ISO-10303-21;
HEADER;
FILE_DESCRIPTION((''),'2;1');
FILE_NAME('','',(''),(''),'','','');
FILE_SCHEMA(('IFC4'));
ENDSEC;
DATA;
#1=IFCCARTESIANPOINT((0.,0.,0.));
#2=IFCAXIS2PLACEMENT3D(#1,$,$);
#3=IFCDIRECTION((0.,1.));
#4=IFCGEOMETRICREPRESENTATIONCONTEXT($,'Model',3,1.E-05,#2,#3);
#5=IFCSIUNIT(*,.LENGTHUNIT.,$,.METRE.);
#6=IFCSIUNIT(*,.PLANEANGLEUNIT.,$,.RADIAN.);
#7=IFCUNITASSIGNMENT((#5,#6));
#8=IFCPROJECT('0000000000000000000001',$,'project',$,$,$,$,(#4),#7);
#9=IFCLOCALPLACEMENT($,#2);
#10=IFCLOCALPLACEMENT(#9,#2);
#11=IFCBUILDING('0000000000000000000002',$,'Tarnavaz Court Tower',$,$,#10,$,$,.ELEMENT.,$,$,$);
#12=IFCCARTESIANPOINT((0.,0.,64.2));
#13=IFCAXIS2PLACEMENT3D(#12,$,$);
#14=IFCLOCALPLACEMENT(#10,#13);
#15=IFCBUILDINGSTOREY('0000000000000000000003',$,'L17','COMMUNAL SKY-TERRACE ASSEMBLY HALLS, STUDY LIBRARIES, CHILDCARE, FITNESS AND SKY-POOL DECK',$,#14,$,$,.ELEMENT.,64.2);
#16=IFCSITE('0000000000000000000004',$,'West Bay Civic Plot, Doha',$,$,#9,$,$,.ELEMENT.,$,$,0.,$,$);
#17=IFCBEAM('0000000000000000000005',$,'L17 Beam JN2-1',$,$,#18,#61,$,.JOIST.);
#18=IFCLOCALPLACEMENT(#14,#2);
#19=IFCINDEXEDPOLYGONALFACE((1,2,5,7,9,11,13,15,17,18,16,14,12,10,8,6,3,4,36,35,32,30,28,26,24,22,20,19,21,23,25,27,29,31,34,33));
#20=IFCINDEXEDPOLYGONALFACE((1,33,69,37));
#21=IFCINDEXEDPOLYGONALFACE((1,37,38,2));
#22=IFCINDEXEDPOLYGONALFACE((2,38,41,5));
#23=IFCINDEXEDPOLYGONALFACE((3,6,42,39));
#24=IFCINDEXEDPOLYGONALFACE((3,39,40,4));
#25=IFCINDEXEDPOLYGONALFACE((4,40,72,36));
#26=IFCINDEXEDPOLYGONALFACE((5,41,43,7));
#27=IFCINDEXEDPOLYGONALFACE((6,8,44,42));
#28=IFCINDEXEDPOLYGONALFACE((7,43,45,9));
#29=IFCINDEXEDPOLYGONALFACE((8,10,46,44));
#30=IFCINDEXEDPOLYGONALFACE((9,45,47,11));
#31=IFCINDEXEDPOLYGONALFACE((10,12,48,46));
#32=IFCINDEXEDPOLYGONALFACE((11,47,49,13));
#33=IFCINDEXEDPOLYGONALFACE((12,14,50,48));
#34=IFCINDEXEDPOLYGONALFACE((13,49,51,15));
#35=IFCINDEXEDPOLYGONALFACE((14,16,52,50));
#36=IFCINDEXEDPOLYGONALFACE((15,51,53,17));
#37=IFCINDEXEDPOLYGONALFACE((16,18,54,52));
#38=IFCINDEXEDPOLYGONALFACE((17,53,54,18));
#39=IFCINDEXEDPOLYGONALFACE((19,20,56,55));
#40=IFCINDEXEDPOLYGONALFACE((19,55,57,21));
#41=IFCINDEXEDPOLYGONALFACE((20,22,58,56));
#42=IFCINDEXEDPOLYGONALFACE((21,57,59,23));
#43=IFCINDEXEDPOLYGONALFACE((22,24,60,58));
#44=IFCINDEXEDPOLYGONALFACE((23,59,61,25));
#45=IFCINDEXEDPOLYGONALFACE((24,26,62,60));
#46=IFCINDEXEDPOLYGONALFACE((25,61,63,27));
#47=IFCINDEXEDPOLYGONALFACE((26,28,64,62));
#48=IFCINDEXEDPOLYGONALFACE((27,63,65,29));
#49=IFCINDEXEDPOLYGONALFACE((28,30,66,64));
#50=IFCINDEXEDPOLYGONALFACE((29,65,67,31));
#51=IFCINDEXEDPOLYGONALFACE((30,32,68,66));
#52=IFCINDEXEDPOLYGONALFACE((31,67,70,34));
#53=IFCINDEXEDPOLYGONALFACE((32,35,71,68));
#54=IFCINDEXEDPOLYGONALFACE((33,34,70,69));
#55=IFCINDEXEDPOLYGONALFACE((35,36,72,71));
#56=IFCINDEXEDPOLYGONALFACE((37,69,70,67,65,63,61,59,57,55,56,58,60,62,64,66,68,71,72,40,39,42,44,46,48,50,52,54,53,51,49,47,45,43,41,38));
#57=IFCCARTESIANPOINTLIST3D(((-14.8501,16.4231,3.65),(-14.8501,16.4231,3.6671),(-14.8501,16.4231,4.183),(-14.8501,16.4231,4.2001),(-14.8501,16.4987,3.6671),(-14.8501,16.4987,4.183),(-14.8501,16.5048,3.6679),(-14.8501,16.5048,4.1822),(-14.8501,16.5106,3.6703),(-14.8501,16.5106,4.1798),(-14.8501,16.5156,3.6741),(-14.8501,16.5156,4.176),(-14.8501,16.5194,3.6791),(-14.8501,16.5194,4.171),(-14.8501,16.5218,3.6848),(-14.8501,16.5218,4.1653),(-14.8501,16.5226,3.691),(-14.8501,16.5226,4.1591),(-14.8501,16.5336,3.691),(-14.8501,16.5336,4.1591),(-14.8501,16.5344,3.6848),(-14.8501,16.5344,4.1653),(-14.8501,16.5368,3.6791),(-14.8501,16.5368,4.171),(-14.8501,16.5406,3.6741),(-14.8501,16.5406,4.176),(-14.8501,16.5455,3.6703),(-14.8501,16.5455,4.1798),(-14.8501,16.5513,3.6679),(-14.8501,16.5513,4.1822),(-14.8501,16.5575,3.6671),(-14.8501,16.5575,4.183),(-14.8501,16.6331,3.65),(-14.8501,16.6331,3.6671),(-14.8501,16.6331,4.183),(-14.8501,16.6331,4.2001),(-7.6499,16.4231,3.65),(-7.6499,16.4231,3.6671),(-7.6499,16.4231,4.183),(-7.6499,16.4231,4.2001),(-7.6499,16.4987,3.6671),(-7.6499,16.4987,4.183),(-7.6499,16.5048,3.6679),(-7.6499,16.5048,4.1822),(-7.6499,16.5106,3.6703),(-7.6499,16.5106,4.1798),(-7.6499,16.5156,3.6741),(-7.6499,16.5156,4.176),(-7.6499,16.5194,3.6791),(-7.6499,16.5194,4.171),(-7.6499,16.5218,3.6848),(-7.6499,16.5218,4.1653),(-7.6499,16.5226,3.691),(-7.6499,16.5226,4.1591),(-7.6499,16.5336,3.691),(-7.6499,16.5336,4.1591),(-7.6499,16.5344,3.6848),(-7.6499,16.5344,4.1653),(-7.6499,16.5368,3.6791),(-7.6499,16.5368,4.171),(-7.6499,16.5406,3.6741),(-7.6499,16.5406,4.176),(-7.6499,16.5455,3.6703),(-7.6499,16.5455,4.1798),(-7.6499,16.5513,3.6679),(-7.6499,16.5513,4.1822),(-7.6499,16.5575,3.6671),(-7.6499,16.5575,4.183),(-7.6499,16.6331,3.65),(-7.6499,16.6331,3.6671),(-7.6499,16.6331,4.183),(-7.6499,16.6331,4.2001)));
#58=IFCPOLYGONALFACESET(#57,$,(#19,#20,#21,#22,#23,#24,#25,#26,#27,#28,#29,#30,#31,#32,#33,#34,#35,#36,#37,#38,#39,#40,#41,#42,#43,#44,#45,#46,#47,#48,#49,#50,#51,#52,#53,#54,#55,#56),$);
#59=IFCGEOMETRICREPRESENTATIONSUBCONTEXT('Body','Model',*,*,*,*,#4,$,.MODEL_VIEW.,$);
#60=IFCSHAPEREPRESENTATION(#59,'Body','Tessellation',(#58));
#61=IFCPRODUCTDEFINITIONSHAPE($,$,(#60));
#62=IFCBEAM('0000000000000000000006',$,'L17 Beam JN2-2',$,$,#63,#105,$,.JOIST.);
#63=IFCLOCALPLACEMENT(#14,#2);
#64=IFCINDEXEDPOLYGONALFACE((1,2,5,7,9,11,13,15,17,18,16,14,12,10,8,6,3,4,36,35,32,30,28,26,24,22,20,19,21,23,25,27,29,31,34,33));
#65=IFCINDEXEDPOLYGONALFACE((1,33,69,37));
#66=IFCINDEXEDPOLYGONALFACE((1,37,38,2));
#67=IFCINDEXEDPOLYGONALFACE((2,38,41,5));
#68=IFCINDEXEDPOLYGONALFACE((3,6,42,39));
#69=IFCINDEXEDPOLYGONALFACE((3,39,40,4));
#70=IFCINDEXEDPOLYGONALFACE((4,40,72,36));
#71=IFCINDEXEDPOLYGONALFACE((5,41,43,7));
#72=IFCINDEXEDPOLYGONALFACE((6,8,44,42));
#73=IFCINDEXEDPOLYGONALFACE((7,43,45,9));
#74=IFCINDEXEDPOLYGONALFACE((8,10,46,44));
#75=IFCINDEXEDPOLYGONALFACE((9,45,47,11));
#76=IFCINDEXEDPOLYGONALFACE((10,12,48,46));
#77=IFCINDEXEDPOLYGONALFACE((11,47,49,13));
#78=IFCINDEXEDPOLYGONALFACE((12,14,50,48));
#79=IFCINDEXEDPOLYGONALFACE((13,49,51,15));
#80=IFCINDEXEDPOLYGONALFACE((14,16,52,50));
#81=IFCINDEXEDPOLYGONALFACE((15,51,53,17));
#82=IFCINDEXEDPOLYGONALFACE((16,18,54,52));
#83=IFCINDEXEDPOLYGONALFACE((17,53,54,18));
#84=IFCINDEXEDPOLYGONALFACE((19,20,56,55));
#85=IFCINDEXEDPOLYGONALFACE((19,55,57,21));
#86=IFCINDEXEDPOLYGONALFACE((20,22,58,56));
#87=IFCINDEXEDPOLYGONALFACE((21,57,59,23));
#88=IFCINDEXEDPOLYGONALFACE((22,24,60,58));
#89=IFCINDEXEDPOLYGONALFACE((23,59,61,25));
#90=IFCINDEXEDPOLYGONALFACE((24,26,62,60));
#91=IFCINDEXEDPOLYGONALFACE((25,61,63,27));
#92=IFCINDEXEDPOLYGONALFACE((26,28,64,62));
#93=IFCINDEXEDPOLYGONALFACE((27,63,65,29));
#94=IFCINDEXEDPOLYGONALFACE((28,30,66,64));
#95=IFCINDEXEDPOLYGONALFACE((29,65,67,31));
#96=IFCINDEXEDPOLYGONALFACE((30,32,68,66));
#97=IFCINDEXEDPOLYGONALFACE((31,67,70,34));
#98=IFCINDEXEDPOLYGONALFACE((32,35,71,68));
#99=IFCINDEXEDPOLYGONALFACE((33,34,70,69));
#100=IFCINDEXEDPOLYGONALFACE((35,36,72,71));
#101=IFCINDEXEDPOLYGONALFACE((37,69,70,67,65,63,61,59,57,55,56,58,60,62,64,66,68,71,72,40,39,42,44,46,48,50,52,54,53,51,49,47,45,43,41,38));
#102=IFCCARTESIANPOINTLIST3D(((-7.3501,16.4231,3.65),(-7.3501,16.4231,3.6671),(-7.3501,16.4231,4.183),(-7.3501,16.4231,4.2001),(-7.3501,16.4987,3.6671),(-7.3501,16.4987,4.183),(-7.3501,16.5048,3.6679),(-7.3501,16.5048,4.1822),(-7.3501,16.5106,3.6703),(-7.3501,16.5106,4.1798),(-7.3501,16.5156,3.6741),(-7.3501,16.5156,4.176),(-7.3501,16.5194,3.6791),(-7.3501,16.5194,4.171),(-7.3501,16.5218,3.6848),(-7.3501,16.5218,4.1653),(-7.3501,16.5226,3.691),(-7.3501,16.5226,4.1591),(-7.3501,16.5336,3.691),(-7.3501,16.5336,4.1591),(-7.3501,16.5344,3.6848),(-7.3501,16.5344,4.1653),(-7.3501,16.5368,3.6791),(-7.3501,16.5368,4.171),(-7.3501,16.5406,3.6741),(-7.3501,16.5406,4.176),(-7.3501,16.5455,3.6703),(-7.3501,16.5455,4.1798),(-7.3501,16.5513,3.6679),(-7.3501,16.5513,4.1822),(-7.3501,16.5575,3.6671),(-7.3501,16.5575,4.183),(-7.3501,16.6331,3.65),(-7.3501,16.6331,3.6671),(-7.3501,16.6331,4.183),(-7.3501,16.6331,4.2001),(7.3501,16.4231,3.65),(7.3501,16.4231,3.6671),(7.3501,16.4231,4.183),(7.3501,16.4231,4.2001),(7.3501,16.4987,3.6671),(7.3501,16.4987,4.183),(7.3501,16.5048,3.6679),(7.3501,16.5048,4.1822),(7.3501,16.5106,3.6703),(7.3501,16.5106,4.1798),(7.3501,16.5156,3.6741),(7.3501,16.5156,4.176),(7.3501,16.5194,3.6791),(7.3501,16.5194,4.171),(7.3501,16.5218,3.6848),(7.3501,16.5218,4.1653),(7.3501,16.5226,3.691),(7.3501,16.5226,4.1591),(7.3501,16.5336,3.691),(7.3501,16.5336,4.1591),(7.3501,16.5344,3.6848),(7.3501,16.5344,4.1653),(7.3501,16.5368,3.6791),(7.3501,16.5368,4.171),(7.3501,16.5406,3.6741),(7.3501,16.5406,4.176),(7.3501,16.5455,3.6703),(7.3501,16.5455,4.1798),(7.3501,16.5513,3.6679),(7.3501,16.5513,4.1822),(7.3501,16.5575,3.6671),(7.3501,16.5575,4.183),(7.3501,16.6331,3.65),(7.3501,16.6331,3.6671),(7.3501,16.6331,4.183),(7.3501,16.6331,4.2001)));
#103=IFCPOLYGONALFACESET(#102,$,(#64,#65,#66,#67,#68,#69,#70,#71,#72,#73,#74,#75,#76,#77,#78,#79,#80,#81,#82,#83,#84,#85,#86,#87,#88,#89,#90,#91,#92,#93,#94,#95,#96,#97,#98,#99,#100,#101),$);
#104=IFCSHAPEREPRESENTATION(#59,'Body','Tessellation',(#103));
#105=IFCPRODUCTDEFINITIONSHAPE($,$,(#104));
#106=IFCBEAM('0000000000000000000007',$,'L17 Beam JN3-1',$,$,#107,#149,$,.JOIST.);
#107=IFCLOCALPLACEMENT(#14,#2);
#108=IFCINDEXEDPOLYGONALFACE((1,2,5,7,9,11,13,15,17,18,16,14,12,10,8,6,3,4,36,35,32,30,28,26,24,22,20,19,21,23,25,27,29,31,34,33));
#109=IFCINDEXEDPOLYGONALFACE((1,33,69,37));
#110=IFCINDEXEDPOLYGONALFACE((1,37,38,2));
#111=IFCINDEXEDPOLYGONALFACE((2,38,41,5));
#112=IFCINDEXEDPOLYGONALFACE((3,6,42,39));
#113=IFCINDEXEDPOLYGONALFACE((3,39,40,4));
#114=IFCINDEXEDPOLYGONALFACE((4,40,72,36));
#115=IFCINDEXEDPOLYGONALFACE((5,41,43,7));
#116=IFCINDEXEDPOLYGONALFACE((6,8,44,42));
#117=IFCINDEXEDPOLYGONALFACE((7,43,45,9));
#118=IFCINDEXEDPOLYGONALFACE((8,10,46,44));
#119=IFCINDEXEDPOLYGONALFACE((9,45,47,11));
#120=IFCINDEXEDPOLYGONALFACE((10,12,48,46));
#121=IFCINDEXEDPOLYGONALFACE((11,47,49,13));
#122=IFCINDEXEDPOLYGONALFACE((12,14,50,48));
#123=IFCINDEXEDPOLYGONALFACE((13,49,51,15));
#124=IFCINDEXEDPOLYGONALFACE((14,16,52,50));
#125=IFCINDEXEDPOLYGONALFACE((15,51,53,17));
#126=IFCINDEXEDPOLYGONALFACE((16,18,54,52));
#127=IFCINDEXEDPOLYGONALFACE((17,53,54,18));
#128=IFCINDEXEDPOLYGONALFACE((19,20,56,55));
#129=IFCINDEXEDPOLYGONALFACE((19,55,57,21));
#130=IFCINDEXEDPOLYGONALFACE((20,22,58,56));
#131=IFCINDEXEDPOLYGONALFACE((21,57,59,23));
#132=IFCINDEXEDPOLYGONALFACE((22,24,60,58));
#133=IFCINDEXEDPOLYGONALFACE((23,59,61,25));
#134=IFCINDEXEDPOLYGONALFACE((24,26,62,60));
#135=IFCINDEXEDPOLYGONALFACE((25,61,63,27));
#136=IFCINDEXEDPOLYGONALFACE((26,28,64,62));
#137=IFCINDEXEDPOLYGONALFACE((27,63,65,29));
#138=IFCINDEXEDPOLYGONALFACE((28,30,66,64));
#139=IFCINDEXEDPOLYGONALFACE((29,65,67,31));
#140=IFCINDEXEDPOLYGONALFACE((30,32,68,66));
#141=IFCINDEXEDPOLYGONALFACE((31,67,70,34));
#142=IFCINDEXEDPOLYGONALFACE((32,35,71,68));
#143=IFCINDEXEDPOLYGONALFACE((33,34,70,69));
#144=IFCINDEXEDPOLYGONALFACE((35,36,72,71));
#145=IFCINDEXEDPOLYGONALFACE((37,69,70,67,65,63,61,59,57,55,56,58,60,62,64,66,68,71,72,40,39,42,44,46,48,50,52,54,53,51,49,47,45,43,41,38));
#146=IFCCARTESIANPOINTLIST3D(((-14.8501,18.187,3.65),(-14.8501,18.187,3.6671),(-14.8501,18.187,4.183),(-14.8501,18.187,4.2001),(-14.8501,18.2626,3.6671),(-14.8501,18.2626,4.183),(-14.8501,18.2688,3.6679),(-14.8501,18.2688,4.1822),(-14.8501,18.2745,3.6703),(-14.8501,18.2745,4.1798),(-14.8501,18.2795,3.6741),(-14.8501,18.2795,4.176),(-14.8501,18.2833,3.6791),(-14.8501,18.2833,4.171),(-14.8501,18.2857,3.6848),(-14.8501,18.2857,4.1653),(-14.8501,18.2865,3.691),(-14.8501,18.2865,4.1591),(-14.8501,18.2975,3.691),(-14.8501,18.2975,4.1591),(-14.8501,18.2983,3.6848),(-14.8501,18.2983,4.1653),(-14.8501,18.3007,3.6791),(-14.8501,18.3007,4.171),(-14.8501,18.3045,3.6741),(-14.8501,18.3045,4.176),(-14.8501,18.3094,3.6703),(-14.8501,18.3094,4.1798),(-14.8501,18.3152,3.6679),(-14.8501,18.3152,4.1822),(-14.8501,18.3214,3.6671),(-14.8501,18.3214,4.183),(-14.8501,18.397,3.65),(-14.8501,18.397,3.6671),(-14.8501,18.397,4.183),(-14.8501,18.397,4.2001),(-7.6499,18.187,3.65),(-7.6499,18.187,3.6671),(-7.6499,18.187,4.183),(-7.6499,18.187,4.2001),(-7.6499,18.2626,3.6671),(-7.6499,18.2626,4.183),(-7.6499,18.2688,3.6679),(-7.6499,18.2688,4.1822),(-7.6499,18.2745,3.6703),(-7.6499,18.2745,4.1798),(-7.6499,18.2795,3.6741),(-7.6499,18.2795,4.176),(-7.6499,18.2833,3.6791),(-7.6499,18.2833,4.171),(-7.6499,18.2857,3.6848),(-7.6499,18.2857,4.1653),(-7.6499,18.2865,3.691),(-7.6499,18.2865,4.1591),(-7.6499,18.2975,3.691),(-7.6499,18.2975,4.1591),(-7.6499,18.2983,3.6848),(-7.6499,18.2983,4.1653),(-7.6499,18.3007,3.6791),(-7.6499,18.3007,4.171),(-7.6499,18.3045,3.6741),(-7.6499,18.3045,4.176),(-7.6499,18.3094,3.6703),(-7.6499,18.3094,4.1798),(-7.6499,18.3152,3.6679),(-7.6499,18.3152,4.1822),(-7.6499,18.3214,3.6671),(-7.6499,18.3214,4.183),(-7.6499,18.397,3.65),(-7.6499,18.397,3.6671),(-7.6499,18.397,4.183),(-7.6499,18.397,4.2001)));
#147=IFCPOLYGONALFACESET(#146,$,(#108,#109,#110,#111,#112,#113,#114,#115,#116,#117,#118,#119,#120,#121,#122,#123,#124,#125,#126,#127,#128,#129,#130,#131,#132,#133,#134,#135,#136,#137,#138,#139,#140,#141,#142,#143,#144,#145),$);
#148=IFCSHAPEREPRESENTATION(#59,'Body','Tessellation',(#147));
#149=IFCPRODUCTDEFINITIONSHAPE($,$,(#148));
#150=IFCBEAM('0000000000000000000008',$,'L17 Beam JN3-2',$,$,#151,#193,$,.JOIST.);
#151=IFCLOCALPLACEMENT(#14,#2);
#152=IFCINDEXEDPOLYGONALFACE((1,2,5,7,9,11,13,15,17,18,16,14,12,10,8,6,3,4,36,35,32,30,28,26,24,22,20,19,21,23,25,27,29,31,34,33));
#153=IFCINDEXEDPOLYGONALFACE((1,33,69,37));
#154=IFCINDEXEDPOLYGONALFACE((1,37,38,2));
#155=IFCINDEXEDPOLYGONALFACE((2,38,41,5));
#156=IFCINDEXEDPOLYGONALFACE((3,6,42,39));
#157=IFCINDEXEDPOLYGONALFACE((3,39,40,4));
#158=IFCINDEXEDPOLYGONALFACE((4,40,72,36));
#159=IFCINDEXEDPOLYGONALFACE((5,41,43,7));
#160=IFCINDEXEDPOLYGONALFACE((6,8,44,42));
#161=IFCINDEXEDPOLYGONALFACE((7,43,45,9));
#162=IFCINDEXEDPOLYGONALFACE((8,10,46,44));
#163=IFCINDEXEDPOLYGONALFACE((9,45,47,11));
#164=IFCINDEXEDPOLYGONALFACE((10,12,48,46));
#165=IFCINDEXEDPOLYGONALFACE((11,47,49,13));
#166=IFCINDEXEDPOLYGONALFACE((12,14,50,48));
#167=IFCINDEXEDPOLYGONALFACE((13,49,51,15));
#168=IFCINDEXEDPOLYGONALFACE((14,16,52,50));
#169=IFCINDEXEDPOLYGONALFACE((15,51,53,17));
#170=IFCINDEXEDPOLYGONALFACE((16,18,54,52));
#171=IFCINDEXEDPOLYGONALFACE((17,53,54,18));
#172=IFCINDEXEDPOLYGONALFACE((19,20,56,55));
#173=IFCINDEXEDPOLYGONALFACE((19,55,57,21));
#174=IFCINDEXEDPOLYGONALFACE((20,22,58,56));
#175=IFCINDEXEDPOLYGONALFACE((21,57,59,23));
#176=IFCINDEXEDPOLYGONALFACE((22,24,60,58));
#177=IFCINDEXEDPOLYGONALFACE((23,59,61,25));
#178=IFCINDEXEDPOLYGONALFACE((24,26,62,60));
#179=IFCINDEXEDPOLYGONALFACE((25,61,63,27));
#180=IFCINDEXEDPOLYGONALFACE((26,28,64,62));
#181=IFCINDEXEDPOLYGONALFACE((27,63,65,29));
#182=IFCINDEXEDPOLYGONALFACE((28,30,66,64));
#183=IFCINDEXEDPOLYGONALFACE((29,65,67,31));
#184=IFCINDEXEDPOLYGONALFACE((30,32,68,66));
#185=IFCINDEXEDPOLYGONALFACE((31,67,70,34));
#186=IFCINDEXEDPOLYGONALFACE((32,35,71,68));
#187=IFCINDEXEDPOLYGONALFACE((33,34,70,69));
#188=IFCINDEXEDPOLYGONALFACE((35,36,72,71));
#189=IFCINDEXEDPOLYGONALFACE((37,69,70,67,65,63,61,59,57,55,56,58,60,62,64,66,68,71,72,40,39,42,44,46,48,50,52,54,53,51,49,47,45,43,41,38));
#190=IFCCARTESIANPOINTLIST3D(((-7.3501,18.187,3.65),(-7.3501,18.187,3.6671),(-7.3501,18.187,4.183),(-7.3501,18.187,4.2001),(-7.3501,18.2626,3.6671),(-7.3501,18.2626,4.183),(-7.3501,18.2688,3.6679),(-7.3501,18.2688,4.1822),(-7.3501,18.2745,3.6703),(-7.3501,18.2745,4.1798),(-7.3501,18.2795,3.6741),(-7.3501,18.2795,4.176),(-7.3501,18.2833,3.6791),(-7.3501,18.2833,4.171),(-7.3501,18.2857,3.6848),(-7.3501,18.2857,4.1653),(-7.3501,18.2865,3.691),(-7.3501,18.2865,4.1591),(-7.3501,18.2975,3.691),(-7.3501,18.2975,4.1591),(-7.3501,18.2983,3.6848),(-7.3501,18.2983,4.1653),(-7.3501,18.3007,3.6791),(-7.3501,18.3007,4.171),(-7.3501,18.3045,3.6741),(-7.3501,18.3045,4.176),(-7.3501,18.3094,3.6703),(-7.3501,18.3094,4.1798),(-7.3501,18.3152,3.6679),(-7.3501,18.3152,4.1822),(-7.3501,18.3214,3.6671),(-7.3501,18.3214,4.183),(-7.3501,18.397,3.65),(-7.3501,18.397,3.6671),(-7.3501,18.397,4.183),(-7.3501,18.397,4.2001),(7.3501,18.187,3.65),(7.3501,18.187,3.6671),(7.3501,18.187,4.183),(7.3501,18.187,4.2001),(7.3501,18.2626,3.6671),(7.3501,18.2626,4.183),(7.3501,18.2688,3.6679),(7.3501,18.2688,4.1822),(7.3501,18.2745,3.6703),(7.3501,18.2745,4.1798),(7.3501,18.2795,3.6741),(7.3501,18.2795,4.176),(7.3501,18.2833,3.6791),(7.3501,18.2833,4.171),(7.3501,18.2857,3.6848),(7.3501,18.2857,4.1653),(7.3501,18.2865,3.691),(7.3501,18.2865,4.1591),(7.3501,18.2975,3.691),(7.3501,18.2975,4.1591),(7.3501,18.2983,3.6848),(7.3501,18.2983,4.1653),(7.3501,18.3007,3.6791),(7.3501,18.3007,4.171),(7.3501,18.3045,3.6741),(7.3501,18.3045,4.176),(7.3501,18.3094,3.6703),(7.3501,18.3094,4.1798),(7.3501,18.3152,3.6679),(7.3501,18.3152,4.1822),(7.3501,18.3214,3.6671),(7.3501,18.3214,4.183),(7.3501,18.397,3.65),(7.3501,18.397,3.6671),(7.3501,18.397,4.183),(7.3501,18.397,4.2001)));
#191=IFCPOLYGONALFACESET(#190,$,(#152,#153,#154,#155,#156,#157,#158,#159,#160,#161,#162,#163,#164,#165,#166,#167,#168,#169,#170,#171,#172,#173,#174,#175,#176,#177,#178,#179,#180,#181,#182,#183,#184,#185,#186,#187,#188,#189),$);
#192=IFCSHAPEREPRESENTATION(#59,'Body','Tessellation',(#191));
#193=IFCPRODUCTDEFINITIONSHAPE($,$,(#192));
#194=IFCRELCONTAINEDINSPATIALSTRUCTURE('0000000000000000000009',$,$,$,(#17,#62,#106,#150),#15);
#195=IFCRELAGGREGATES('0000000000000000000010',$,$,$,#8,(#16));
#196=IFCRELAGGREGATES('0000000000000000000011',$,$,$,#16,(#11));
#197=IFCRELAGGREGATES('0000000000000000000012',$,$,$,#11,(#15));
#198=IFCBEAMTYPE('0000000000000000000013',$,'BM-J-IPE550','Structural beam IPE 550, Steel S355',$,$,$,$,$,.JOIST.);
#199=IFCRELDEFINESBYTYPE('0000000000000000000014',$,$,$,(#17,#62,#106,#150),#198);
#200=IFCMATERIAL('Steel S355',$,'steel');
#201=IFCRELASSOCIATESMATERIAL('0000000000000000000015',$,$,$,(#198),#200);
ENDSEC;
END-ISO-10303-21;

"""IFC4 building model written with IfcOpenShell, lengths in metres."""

from ifc_helpers import new_model, si_unit, direction, frame, origin, origin_2d, place, context, subcontext, project, spatial, i_section, extrude, material, material_profile, profile_set, type_object, element, save


model = new_model("IFC4")

# Units and contexts
model_context = context("Model", 3, precision=1e-05, world=origin(), true_north=direction((0.0, 1.0)))
body_context = subcontext(model_context, "Body", "Model", "MODEL_VIEW")
ifc_project = project(units=[si_unit("LENGTHUNIT", "METRE"), si_unit("PLANEANGLEUNIT", "RADIAN")], contexts=[model_context])

# Site, building, storey
site_placement = place(None, origin())
site = spatial("IfcSite", under=ifc_project, at=site_placement, Name="West Bay Civic Plot, Doha", CompositionType="ELEMENT", RefElevation=0.0)
building_placement = place(site_placement, origin())
building = spatial("IfcBuilding", under=site, at=building_placement, Name="Tarnavaz Court Tower", CompositionType="ELEMENT")
storey_placement = place(building_placement, frame((0.0, 0.0, 64.2)))
storey = spatial("IfcBuildingStorey", under=building, at=storey_placement, Name="L17", Description="COMMUNAL SKY-TERRACE ASSEMBLY HALLS, STUDY LIBRARIES, CHILDCARE, FITNESS AND SKY-POOL DECK", CompositionType="ELEMENT", Elevation=64.2)

# Beams
ifc_material_1 = material(Name="Steel S355", Category="steel")
ifc_material_profile_1 = material_profile(ifc_material_1, i_section(OverallWidth=0.21, OverallDepth=0.55, WebThickness=0.011, FlangeThickness=0.0171, FilletRadius=0.0239, at=origin_2d()), Name="IPE 550")
ifc_profile_set_1 = profile_set([ifc_material_profile_1], Name="Steel S355")
beam_type_1 = type_object("IfcBeamType", Name="BM-J-IPE550", Description="Structural beam IPE 550, Steel S355", PredefinedType="JOIST", material=ifc_profile_set_1)
beam_1_placement = place(storey_placement, frame((-14.8501, 16.5281, 3.925), z_axis=(1.0, 0.0, 0.0), x_axis=(0.0, 1.0, 0.0)))
element("IfcBeam", 1, at=beam_1_placement, inside=storey, type_object=beam_type_1, Name="L17 Beam JN2-1", PredefinedType="JOIST", context=body_context, shape_type="SweptSolid", body=[
    extrude(i_section(OverallWidth=0.21, OverallDepth=0.55, WebThickness=0.011, FlangeThickness=0.0171, FilletRadius=0.0239, at=origin_2d()), origin(), (0.0, 0.0, 1.0), 7.2002),
])
beam_2_placement = place(storey_placement, frame((-7.3501, 16.5281, 3.925), z_axis=(1.0, 0.0, 0.0), x_axis=(0.0, 1.0, 0.0)))
element("IfcBeam", 2, at=beam_2_placement, inside=storey, type_object=beam_type_1, Name="L17 Beam JN2-2", PredefinedType="JOIST", context=body_context, shape_type="SweptSolid", body=[
    extrude(i_section(OverallWidth=0.21, OverallDepth=0.55, WebThickness=0.011, FlangeThickness=0.0171, FilletRadius=0.0239, at=origin_2d()), origin(), (0.0, 0.0, 1.0), 14.7002),
])
beam_3_placement = place(storey_placement, frame((-14.8501, 18.292, 3.925), z_axis=(1.0, 0.0, 0.0), x_axis=(0.0, 1.0, 0.0)))
element("IfcBeam", 3, at=beam_3_placement, inside=storey, type_object=beam_type_1, Name="L17 Beam JN3-1", PredefinedType="JOIST", context=body_context, shape_type="SweptSolid", body=[
    extrude(i_section(OverallWidth=0.21, OverallDepth=0.55, WebThickness=0.011, FlangeThickness=0.0171, FilletRadius=0.0239, at=origin_2d()), origin(), (0.0, 0.0, 1.0), 7.2002),
])
beam_4_placement = place(storey_placement, frame((-7.3501, 18.292, 3.925), z_axis=(1.0, 0.0, 0.0), x_axis=(0.0, 1.0, 0.0)))
element("IfcBeam", 4, at=beam_4_placement, inside=storey, type_object=beam_type_1, Name="L17 Beam JN3-2", PredefinedType="JOIST", context=body_context, shape_type="SweptSolid", body=[
    extrude(i_section(OverallWidth=0.21, OverallDepth=0.55, WebThickness=0.011, FlangeThickness=0.0171, FilletRadius=0.0239, at=origin_2d()), origin(), (0.0, 0.0, 1.0), 14.7002),
])

save(model, "model.ifc")
